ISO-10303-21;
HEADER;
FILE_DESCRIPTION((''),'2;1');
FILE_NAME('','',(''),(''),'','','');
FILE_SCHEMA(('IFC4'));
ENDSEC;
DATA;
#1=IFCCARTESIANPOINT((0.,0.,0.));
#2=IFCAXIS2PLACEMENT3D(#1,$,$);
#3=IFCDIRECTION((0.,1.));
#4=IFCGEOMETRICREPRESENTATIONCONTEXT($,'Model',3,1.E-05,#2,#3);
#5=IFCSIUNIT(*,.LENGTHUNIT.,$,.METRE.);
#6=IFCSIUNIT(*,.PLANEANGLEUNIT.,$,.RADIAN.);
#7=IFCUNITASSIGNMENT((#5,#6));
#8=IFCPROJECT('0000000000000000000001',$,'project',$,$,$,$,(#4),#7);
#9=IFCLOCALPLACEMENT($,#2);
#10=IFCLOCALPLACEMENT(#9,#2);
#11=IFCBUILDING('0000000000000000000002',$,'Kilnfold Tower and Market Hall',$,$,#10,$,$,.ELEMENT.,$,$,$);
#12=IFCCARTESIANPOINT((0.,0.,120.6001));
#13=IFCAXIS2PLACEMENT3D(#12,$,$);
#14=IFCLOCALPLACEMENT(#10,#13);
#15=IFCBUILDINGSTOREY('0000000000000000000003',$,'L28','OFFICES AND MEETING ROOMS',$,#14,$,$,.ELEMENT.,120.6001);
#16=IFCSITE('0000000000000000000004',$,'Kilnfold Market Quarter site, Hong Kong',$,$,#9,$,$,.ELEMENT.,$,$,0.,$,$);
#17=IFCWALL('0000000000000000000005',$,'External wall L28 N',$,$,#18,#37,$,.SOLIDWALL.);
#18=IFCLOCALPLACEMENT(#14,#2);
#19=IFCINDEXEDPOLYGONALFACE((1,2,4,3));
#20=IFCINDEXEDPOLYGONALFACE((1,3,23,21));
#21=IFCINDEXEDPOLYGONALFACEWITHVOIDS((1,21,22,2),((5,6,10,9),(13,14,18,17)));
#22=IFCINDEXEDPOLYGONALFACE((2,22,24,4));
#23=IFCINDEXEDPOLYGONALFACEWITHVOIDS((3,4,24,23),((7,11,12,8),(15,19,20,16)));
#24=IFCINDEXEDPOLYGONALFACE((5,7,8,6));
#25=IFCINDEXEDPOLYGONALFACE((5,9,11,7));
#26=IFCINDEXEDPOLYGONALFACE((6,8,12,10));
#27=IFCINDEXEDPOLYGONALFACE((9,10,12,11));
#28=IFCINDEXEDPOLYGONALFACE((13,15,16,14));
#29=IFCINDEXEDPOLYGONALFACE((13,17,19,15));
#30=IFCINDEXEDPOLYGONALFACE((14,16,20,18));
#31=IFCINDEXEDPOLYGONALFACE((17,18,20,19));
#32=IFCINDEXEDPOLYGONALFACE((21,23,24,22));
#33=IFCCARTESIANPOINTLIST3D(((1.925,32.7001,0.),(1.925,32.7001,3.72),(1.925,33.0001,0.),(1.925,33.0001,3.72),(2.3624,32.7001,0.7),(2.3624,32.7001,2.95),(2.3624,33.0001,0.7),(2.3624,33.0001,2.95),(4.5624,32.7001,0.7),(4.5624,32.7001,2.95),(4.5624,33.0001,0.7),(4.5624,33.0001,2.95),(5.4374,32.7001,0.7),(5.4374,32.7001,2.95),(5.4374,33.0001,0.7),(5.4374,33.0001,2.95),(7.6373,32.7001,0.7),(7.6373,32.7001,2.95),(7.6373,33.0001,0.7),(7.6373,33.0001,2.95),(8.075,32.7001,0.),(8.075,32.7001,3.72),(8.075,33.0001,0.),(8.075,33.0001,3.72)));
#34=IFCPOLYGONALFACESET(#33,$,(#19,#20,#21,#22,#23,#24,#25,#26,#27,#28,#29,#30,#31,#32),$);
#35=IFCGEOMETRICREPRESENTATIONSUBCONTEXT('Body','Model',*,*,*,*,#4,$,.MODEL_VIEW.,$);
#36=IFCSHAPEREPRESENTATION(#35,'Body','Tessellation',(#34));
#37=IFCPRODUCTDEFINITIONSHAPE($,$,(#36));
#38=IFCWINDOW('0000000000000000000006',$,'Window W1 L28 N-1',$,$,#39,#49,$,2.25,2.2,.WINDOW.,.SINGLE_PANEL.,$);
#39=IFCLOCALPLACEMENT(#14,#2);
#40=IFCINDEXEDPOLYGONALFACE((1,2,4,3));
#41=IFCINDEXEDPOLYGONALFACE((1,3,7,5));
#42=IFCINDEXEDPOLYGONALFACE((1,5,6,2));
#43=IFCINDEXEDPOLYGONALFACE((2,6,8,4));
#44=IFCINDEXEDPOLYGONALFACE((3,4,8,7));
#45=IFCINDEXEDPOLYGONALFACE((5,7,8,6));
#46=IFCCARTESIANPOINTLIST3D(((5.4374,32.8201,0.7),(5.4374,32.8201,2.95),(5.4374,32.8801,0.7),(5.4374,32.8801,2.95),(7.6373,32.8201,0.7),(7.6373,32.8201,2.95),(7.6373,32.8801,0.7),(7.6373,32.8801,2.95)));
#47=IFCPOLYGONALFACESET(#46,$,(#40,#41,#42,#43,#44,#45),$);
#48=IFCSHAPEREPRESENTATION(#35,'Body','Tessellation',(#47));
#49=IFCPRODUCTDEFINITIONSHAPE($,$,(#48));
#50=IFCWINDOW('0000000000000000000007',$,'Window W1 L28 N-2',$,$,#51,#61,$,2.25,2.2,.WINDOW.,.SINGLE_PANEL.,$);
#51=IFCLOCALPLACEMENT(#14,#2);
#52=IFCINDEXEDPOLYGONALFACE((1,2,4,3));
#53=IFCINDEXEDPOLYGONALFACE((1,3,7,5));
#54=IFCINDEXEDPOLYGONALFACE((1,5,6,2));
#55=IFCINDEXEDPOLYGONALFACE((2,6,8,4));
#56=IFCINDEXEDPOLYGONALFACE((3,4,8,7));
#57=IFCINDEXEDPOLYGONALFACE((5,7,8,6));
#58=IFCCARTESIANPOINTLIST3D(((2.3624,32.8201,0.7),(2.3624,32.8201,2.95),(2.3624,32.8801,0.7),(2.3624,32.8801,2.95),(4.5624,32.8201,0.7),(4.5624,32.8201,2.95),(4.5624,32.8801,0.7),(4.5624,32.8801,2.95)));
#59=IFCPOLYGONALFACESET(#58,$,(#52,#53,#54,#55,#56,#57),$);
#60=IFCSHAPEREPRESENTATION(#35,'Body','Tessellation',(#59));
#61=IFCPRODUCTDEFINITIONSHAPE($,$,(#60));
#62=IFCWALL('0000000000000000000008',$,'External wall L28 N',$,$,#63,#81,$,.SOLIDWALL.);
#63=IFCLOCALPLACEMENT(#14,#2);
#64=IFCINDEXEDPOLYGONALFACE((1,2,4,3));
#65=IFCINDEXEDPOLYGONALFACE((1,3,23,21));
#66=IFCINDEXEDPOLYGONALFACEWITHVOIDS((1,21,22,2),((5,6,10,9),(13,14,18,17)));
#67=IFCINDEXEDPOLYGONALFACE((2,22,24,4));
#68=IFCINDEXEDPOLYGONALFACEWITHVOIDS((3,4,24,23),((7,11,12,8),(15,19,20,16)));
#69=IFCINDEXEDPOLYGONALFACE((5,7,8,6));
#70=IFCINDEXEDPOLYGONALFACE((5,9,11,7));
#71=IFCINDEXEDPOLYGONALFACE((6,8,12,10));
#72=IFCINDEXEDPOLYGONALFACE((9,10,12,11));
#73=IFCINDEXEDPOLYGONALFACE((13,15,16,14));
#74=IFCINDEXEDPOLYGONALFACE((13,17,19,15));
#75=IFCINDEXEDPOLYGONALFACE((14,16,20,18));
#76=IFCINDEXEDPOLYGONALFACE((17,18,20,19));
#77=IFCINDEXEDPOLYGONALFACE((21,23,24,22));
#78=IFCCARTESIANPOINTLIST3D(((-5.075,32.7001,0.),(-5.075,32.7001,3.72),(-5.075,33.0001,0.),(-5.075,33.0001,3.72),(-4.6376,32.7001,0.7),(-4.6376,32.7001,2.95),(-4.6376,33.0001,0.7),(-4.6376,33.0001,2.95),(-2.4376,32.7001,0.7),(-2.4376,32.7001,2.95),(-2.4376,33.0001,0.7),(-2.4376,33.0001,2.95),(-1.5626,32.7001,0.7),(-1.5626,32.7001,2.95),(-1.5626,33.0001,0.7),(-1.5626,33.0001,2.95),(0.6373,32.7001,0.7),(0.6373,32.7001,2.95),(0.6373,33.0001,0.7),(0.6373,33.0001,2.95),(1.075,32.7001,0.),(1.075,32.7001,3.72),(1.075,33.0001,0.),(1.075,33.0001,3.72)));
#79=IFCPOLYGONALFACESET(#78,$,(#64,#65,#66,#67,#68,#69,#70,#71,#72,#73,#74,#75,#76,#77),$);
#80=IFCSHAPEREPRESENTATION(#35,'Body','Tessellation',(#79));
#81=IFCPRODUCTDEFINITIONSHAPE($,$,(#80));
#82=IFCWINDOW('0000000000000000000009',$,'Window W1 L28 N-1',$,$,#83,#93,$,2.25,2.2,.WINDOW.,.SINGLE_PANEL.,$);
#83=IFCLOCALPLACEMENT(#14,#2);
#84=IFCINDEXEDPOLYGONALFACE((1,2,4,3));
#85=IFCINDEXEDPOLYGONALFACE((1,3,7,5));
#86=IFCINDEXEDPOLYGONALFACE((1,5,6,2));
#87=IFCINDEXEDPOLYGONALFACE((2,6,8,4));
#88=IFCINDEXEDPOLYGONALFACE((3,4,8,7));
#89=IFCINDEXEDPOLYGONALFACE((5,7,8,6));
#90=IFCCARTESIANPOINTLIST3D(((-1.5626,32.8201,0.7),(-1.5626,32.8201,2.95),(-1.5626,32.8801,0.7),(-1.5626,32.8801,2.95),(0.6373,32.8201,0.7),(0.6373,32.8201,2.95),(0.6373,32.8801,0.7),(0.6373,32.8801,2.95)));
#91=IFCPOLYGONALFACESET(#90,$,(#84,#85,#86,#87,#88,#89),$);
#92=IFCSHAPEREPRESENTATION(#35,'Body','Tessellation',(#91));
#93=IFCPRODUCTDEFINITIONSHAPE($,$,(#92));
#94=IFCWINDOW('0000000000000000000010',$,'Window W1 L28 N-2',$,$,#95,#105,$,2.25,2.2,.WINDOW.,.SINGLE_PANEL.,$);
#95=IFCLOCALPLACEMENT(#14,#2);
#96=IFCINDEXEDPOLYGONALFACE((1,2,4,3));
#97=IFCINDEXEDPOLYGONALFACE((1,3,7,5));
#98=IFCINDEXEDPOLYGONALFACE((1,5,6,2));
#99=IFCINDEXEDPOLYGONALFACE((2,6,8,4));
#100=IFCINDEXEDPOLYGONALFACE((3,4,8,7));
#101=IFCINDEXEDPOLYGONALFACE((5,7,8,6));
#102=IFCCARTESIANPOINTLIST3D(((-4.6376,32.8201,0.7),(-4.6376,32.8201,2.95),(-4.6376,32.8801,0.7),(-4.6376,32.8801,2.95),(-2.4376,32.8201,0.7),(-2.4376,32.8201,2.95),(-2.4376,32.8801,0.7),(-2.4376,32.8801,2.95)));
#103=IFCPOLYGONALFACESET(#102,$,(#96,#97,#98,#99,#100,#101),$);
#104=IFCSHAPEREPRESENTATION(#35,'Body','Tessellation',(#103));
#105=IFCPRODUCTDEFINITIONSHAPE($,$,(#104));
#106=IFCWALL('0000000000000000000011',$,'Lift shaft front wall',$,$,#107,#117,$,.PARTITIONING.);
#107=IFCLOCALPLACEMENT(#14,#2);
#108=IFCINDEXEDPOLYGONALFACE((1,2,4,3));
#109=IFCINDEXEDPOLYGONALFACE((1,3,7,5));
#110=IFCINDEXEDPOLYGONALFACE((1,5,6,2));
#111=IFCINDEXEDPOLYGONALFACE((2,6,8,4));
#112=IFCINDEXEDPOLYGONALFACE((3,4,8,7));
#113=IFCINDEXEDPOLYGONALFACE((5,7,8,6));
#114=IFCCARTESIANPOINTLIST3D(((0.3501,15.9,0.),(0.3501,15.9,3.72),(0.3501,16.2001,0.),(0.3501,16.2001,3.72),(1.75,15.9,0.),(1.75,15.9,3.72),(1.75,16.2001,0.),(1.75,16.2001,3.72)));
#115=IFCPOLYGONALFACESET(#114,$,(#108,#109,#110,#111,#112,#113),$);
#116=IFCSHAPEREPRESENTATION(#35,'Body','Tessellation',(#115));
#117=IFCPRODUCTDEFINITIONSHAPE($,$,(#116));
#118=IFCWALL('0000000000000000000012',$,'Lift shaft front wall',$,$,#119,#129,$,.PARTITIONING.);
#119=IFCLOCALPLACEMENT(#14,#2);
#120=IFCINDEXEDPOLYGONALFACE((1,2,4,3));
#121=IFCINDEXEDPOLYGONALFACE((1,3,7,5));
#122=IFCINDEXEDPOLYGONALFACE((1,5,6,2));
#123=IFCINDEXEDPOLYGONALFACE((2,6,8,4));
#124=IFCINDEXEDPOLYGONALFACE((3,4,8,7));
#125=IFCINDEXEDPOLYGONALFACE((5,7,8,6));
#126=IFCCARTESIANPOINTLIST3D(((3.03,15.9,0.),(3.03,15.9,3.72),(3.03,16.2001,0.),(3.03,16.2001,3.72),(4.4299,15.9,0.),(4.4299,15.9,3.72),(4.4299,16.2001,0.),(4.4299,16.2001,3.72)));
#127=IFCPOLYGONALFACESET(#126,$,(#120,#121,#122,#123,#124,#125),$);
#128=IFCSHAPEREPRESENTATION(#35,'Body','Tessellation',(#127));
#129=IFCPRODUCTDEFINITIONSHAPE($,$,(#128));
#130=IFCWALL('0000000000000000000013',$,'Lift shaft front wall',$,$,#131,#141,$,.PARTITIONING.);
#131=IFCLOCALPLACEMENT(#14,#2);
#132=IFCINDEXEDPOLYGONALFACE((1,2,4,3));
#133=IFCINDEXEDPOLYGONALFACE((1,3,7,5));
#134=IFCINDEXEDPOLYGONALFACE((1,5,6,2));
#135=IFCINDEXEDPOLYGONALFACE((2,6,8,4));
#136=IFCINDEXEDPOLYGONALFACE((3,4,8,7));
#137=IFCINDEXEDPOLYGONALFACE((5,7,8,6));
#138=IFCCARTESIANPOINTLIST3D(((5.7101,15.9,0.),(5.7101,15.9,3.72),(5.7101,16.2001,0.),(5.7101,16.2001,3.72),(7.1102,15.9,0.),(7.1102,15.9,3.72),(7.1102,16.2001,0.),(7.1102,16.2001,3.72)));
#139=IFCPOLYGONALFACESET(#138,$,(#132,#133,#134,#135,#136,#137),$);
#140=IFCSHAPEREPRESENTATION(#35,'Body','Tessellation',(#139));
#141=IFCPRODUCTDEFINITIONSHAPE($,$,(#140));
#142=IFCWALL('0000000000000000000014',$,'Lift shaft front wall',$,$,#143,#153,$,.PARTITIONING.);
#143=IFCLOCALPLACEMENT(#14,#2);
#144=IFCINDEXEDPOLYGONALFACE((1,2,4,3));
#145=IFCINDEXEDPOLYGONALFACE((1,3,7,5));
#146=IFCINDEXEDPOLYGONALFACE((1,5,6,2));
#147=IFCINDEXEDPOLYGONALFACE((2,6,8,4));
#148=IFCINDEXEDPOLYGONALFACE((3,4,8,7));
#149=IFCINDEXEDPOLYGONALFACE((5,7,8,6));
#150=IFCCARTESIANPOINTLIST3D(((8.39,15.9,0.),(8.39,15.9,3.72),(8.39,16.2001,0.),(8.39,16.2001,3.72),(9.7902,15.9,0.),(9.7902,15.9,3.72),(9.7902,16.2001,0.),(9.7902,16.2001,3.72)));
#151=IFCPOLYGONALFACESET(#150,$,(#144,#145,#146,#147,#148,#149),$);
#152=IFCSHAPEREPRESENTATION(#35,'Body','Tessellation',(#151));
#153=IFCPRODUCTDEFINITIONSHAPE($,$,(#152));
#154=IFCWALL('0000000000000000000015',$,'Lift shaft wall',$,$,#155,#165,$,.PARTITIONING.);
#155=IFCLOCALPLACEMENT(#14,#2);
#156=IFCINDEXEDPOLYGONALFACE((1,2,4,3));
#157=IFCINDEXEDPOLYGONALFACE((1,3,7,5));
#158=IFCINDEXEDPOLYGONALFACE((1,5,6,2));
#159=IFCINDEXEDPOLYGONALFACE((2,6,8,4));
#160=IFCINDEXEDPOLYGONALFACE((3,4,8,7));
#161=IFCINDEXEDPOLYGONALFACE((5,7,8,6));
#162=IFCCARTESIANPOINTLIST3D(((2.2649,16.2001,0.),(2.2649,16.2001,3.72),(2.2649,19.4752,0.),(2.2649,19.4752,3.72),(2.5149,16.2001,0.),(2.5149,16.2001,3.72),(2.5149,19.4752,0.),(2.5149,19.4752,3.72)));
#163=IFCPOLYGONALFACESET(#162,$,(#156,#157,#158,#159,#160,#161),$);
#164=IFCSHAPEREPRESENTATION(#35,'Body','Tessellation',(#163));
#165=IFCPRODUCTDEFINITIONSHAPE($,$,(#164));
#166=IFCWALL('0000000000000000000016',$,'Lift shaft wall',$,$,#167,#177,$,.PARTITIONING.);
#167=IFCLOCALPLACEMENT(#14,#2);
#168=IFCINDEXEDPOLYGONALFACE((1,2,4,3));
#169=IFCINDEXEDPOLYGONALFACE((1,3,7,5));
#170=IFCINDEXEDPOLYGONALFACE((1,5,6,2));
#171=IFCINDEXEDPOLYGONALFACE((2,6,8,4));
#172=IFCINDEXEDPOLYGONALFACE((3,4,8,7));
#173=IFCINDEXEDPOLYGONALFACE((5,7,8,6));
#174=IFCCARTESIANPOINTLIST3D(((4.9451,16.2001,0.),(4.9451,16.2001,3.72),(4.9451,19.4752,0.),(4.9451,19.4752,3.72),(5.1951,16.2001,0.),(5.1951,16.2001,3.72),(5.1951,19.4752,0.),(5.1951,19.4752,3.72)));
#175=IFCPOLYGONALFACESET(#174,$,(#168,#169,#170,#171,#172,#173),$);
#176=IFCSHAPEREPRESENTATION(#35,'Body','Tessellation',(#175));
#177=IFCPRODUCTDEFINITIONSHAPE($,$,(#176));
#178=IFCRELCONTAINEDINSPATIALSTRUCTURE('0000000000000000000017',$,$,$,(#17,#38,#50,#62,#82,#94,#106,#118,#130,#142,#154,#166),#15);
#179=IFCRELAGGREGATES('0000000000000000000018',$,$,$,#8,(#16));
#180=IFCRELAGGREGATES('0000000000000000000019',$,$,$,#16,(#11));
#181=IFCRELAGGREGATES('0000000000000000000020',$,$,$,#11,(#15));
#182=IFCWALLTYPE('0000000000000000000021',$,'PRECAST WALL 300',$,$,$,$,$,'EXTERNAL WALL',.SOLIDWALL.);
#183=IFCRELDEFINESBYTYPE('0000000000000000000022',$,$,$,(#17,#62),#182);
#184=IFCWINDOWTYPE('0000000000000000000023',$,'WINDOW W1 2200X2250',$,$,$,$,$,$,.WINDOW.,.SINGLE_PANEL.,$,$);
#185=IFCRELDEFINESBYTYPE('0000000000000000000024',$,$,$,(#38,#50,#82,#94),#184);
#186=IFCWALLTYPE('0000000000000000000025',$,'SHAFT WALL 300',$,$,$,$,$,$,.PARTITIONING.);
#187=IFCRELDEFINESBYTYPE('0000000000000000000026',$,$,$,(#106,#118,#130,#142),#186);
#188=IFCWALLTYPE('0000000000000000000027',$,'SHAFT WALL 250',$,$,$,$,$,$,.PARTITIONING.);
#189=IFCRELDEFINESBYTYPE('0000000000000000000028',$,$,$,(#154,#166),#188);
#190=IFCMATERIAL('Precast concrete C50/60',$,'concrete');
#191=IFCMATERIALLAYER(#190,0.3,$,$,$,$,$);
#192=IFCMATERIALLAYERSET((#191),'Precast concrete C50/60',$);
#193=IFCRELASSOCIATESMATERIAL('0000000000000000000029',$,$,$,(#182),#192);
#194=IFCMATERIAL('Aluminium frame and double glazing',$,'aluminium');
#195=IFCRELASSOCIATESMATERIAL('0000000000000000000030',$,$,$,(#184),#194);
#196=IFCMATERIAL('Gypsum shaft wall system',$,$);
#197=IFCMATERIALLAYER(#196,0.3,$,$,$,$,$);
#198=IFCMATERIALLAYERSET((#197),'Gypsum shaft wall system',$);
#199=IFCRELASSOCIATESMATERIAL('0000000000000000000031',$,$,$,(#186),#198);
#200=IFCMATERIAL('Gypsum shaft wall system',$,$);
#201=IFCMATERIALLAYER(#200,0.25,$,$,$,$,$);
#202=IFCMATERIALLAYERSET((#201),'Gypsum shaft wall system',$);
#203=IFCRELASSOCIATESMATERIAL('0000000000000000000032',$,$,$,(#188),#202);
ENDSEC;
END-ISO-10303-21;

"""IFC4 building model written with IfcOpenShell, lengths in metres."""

from ifc_helpers import new_model, si_unit, direction, frame, frame_2d, origin, place, context, subcontext, project, spatial, rectangle, extrude, source, transform, mapped, material, layer, layer_set, type_object, element, fill, save


model = new_model("IFC4")

# Units and contexts
model_context = context("Model", 3, precision=1e-05, world=origin(), true_north=direction((0.0, 1.0)))
body_context = subcontext(model_context, "Body", "Model", "MODEL_VIEW")
ifc_project = project(units=[si_unit("LENGTHUNIT", "METRE"), si_unit("PLANEANGLEUNIT", "RADIAN")], contexts=[model_context])

# Site, building, storey
site_placement = place(None, origin())
site = spatial("IfcSite", under=ifc_project, at=site_placement, Name="Kilnfold Market Quarter site, Hong Kong", CompositionType="ELEMENT", RefElevation=0.0)
building_placement = place(site_placement, origin())
building = spatial("IfcBuilding", under=site, at=building_placement, Name="Kilnfold Tower and Market Hall", CompositionType="ELEMENT")
storey_placement = place(building_placement, frame((0.0, 0.0, 120.6001)))
storey = spatial("IfcBuildingStorey", under=building, at=storey_placement, Name="L28", Description="OFFICES AND MEETING ROOMS", CompositionType="ELEMENT", Elevation=120.6001)

# Walls, openings, windows
ifc_material_1 = material(Name="Precast concrete C50/60", Category="concrete")
ifc_layer_1 = layer(ifc_material_1, 0.3)
ifc_layer_set_1 = layer_set([ifc_layer_1], Name="Precast concrete C50/60")
wall_type_1 = type_object("IfcWallType", Name="PRECAST WALL 300", ElementType="EXTERNAL WALL", PredefinedType="SOLIDWALL", material=ifc_layer_set_1)
shared_shape_1 = source(origin(), body_context, "Body", "SweptSolid", [
    extrude(rectangle(XDim=6.1499, YDim=0.3, at=frame_2d((3.075, 0.0))), origin(), (0.0, 0.0, 1.0), 3.72),
])
wall_1_placement = place(storey_placement, frame((8.075, 32.8501, 0.0), z_axis=(0.0, 0.0, 1.0), x_axis=(-1.0, 0.0, 0.0)))
wall_1 = element("IfcWall", 1, at=wall_1_placement, inside=storey, type_object=wall_type_1, Name="External wall L28 N", PredefinedType="SOLIDWALL", context=body_context, shape_type="MappedRepresentation", body=[
    mapped(shared_shape_1, transform((0.0, 0.0, 0.0))),
])
opening_1_placement = place(wall_1_placement, frame((0.4375, 0.0, 0.7)))
opening_1 = element("IfcOpeningElement", 2, at=opening_1_placement, cuts=wall_1, PredefinedType="OPENING", context=body_context, shape_type="SweptSolid", body=[
    extrude(rectangle(XDim=2.2, YDim=2.25, at=frame_2d((1.1001, 1.125))), frame((0.0, 0.1602, 0.0), z_axis=(0.0, -1.0, 0.0), x_axis=(1.0, 0.0, 0.0)), (0.0, 0.0, 1.0), 0.3201),
])
opening_2_placement = place(wall_1_placement, frame((3.5125, 0.0, 0.7)))
opening_2 = element("IfcOpeningElement", 3, at=opening_2_placement, cuts=wall_1, PredefinedType="OPENING", context=body_context, shape_type="SweptSolid", body=[
    extrude(rectangle(XDim=2.2, YDim=2.25, at=frame_2d((1.1001, 1.125))), frame((0.0, 0.1602, 0.0), z_axis=(0.0, -1.0, 0.0), x_axis=(1.0, 0.0, 0.0)), (0.0, 0.0, 1.0), 0.3201),
])
ifc_material_2 = material(Name="Aluminium frame and double glazing", Category="aluminium")
window_type = type_object("IfcWindowType", Name="WINDOW W1 2200X2250", PartitioningType="SINGLE_PANEL", PredefinedType="WINDOW", material=ifc_material_2)
window_1_placement = place(opening_1_placement, origin())
window_1 = element("IfcWindow", 4, at=window_1_placement, inside=storey, type_object=window_type, Name="Window W1 L28 N-1", OverallHeight=2.25, OverallWidth=2.2, PartitioningType="SINGLE_PANEL", PredefinedType="WINDOW", context=body_context, shape_type="SweptSolid", body=[
    extrude(rectangle(XDim=2.2, YDim=2.25, at=frame_2d((1.1001, 1.125))), frame((0.0, 0.03, 0.0), z_axis=(0.0, -1.0, 0.0), x_axis=(1.0, 0.0, 0.0)), (0.0, 0.0, 1.0), 0.0601),
])
fill(opening_1, window_1)
window_2_placement = place(opening_2_placement, origin())
window_2 = element("IfcWindow", 5, at=window_2_placement, inside=storey, type_object=window_type, Name="Window W1 L28 N-2", OverallHeight=2.25, OverallWidth=2.2, PartitioningType="SINGLE_PANEL", PredefinedType="WINDOW", context=body_context, shape_type="SweptSolid", body=[
    extrude(rectangle(XDim=2.2, YDim=2.25, at=frame_2d((1.1001, 1.125))), frame((0.0, 0.03, 0.0), z_axis=(0.0, -1.0, 0.0), x_axis=(1.0, 0.0, 0.0)), (0.0, 0.0, 1.0), 0.0601),
])
fill(opening_2, window_2)
wall_2_placement = place(storey_placement, frame((1.075, 32.8501, 0.0), z_axis=(0.0, 0.0, 1.0), x_axis=(-1.0, 0.0, 0.0)))
wall_2 = element("IfcWall", 6, at=wall_2_placement, inside=storey, type_object=wall_type_1, Name="External wall L28 N", PredefinedType="SOLIDWALL", context=body_context, shape_type="MappedRepresentation", body=[
    mapped(shared_shape_1, transform((0.0, 0.0, 0.0))),
])
opening_3_placement = place(wall_2_placement, frame((0.4375, 0.0, 0.7)))
opening_3 = element("IfcOpeningElement", 7, at=opening_3_placement, cuts=wall_2, PredefinedType="OPENING", context=body_context, shape_type="SweptSolid", body=[
    extrude(rectangle(XDim=2.2, YDim=2.25, at=frame_2d((1.1001, 1.125))), frame((0.0, 0.1602, 0.0), z_axis=(0.0, -1.0, 0.0), x_axis=(1.0, 0.0, 0.0)), (0.0, 0.0, 1.0), 0.3201),
])
opening_4_placement = place(wall_2_placement, frame((3.5125, 0.0, 0.7)))
opening_4 = element("IfcOpeningElement", 8, at=opening_4_placement, cuts=wall_2, PredefinedType="OPENING", context=body_context, shape_type="SweptSolid", body=[
    extrude(rectangle(XDim=2.2, YDim=2.25, at=frame_2d((1.1001, 1.125))), frame((0.0, 0.1602, 0.0), z_axis=(0.0, -1.0, 0.0), x_axis=(1.0, 0.0, 0.0)), (0.0, 0.0, 1.0), 0.3201),
])
window_3_placement = place(opening_3_placement, origin())
window_3 = element("IfcWindow", 9, at=window_3_placement, inside=storey, type_object=window_type, Name="Window W1 L28 N-1", OverallHeight=2.25, OverallWidth=2.2, PartitioningType="SINGLE_PANEL", PredefinedType="WINDOW", context=body_context, shape_type="SweptSolid", body=[
    extrude(rectangle(XDim=2.2, YDim=2.25, at=frame_2d((1.1001, 1.125))), frame((0.0, 0.03, 0.0), z_axis=(0.0, -1.0, 0.0), x_axis=(1.0, 0.0, 0.0)), (0.0, 0.0, 1.0), 0.0601),
])
fill(opening_3, window_3)
window_4_placement = place(opening_4_placement, origin())
window_4 = element("IfcWindow", 10, at=window_4_placement, inside=storey, type_object=window_type, Name="Window W1 L28 N-2", OverallHeight=2.25, OverallWidth=2.2, PartitioningType="SINGLE_PANEL", PredefinedType="WINDOW", context=body_context, shape_type="SweptSolid", body=[
    extrude(rectangle(XDim=2.2, YDim=2.25, at=frame_2d((1.1001, 1.125))), frame((0.0, 0.03, 0.0), z_axis=(0.0, -1.0, 0.0), x_axis=(1.0, 0.0, 0.0)), (0.0, 0.0, 1.0), 0.0601),
])
fill(opening_4, window_4)

# Walls
ifc_material_3 = material(Name="Gypsum shaft wall system")
ifc_layer_2 = layer(ifc_material_3, 0.3)
ifc_layer_set_2 = layer_set([ifc_layer_2], Name="Gypsum shaft wall system")
wall_type_2 = type_object("IfcWallType", Name="SHAFT WALL 300", PredefinedType="PARTITIONING", material=ifc_layer_set_2)
shared_shape_2 = source(origin(), body_context, "Body", "SweptSolid", [
    extrude(rectangle(XDim=1.3999, YDim=0.3, at=frame_2d((0.7, 0.0))), origin(), (0.0, 0.0, 1.0), 3.72),
])
for number, where, z_axis, x_axis, name in (
    (11, (0.3501, 16.05, 0.0), (0.0, 0.0, 1.0), (1.0, 0.0, 0.0), "Lift shaft front wall"),
    (12, (3.03, 16.05, 0.0), (0.0, 0.0, 1.0), (1.0, 0.0, 0.0), "Lift shaft front wall"),
):
    element("IfcWall", number, at=place(storey_placement, frame(where, z_axis=z_axis, x_axis=x_axis)), inside=storey, type_object=wall_type_2, Name=name, PredefinedType="PARTITIONING", context=body_context, shape_type="MappedRepresentation", body=[
        mapped(shared_shape_2, transform((0.0, 0.0, 0.0))),
    ])
shared_shape_3 = source(origin(), body_context, "Body", "SweptSolid", [
    extrude(rectangle(XDim=1.4001, YDim=0.3, at=frame_2d((0.7002, 0.0))), origin(), (0.0, 0.0, 1.0), 3.72),
])
for number, where, z_axis, x_axis, name in (
    (13, (5.71, 16.05, 0.0), (0.0, 0.0, 1.0), (1.0, 0.0, 0.0), "Lift shaft front wall"),
    (14, (8.3899, 16.05, 0.0), (0.0, 0.0, 1.0), (1.0, 0.0, 0.0), "Lift shaft front wall"),
):
    element("IfcWall", number, at=place(storey_placement, frame(where, z_axis=z_axis, x_axis=x_axis)), inside=storey, type_object=wall_type_2, Name=name, PredefinedType="PARTITIONING", context=body_context, shape_type="MappedRepresentation", body=[
        mapped(shared_shape_3, transform((0.0, 0.0, 0.0))),
    ])
ifc_material_4 = material(Name="Gypsum shaft wall system")
ifc_layer_3 = layer(ifc_material_4, 0.25)
ifc_layer_set_3 = layer_set([ifc_layer_3], Name="Gypsum shaft wall system")
wall_type_3 = type_object("IfcWallType", Name="SHAFT WALL 250", PredefinedType="PARTITIONING", material=ifc_layer_set_3)
shared_shape_4 = source(origin(), body_context, "Body", "SweptSolid", [
    extrude(rectangle(XDim=3.2751, YDim=0.25, at=frame_2d((1.6377, 0.0))), origin(), (0.0, 0.0, 1.0), 3.72),
])
for number, where, z_axis, x_axis, name in (
    (15, (2.3899, 16.2, 0.0), (0.0, 0.0, 1.0), (0.0, 1.0, 0.0), "Lift shaft wall"),
    (16, (5.0701, 16.2, 0.0), (0.0, 0.0, 1.0), (0.0, 1.0, 0.0), "Lift shaft wall"),
):
    element("IfcWall", number, at=place(storey_placement, frame(where, z_axis=z_axis, x_axis=x_axis)), inside=storey, type_object=wall_type_3, Name=name, PredefinedType="PARTITIONING", context=body_context, shape_type="MappedRepresentation", body=[
        mapped(shared_shape_4, transform((0.0, 0.0, 0.0))),
    ])

save(model, "model.ifc")
